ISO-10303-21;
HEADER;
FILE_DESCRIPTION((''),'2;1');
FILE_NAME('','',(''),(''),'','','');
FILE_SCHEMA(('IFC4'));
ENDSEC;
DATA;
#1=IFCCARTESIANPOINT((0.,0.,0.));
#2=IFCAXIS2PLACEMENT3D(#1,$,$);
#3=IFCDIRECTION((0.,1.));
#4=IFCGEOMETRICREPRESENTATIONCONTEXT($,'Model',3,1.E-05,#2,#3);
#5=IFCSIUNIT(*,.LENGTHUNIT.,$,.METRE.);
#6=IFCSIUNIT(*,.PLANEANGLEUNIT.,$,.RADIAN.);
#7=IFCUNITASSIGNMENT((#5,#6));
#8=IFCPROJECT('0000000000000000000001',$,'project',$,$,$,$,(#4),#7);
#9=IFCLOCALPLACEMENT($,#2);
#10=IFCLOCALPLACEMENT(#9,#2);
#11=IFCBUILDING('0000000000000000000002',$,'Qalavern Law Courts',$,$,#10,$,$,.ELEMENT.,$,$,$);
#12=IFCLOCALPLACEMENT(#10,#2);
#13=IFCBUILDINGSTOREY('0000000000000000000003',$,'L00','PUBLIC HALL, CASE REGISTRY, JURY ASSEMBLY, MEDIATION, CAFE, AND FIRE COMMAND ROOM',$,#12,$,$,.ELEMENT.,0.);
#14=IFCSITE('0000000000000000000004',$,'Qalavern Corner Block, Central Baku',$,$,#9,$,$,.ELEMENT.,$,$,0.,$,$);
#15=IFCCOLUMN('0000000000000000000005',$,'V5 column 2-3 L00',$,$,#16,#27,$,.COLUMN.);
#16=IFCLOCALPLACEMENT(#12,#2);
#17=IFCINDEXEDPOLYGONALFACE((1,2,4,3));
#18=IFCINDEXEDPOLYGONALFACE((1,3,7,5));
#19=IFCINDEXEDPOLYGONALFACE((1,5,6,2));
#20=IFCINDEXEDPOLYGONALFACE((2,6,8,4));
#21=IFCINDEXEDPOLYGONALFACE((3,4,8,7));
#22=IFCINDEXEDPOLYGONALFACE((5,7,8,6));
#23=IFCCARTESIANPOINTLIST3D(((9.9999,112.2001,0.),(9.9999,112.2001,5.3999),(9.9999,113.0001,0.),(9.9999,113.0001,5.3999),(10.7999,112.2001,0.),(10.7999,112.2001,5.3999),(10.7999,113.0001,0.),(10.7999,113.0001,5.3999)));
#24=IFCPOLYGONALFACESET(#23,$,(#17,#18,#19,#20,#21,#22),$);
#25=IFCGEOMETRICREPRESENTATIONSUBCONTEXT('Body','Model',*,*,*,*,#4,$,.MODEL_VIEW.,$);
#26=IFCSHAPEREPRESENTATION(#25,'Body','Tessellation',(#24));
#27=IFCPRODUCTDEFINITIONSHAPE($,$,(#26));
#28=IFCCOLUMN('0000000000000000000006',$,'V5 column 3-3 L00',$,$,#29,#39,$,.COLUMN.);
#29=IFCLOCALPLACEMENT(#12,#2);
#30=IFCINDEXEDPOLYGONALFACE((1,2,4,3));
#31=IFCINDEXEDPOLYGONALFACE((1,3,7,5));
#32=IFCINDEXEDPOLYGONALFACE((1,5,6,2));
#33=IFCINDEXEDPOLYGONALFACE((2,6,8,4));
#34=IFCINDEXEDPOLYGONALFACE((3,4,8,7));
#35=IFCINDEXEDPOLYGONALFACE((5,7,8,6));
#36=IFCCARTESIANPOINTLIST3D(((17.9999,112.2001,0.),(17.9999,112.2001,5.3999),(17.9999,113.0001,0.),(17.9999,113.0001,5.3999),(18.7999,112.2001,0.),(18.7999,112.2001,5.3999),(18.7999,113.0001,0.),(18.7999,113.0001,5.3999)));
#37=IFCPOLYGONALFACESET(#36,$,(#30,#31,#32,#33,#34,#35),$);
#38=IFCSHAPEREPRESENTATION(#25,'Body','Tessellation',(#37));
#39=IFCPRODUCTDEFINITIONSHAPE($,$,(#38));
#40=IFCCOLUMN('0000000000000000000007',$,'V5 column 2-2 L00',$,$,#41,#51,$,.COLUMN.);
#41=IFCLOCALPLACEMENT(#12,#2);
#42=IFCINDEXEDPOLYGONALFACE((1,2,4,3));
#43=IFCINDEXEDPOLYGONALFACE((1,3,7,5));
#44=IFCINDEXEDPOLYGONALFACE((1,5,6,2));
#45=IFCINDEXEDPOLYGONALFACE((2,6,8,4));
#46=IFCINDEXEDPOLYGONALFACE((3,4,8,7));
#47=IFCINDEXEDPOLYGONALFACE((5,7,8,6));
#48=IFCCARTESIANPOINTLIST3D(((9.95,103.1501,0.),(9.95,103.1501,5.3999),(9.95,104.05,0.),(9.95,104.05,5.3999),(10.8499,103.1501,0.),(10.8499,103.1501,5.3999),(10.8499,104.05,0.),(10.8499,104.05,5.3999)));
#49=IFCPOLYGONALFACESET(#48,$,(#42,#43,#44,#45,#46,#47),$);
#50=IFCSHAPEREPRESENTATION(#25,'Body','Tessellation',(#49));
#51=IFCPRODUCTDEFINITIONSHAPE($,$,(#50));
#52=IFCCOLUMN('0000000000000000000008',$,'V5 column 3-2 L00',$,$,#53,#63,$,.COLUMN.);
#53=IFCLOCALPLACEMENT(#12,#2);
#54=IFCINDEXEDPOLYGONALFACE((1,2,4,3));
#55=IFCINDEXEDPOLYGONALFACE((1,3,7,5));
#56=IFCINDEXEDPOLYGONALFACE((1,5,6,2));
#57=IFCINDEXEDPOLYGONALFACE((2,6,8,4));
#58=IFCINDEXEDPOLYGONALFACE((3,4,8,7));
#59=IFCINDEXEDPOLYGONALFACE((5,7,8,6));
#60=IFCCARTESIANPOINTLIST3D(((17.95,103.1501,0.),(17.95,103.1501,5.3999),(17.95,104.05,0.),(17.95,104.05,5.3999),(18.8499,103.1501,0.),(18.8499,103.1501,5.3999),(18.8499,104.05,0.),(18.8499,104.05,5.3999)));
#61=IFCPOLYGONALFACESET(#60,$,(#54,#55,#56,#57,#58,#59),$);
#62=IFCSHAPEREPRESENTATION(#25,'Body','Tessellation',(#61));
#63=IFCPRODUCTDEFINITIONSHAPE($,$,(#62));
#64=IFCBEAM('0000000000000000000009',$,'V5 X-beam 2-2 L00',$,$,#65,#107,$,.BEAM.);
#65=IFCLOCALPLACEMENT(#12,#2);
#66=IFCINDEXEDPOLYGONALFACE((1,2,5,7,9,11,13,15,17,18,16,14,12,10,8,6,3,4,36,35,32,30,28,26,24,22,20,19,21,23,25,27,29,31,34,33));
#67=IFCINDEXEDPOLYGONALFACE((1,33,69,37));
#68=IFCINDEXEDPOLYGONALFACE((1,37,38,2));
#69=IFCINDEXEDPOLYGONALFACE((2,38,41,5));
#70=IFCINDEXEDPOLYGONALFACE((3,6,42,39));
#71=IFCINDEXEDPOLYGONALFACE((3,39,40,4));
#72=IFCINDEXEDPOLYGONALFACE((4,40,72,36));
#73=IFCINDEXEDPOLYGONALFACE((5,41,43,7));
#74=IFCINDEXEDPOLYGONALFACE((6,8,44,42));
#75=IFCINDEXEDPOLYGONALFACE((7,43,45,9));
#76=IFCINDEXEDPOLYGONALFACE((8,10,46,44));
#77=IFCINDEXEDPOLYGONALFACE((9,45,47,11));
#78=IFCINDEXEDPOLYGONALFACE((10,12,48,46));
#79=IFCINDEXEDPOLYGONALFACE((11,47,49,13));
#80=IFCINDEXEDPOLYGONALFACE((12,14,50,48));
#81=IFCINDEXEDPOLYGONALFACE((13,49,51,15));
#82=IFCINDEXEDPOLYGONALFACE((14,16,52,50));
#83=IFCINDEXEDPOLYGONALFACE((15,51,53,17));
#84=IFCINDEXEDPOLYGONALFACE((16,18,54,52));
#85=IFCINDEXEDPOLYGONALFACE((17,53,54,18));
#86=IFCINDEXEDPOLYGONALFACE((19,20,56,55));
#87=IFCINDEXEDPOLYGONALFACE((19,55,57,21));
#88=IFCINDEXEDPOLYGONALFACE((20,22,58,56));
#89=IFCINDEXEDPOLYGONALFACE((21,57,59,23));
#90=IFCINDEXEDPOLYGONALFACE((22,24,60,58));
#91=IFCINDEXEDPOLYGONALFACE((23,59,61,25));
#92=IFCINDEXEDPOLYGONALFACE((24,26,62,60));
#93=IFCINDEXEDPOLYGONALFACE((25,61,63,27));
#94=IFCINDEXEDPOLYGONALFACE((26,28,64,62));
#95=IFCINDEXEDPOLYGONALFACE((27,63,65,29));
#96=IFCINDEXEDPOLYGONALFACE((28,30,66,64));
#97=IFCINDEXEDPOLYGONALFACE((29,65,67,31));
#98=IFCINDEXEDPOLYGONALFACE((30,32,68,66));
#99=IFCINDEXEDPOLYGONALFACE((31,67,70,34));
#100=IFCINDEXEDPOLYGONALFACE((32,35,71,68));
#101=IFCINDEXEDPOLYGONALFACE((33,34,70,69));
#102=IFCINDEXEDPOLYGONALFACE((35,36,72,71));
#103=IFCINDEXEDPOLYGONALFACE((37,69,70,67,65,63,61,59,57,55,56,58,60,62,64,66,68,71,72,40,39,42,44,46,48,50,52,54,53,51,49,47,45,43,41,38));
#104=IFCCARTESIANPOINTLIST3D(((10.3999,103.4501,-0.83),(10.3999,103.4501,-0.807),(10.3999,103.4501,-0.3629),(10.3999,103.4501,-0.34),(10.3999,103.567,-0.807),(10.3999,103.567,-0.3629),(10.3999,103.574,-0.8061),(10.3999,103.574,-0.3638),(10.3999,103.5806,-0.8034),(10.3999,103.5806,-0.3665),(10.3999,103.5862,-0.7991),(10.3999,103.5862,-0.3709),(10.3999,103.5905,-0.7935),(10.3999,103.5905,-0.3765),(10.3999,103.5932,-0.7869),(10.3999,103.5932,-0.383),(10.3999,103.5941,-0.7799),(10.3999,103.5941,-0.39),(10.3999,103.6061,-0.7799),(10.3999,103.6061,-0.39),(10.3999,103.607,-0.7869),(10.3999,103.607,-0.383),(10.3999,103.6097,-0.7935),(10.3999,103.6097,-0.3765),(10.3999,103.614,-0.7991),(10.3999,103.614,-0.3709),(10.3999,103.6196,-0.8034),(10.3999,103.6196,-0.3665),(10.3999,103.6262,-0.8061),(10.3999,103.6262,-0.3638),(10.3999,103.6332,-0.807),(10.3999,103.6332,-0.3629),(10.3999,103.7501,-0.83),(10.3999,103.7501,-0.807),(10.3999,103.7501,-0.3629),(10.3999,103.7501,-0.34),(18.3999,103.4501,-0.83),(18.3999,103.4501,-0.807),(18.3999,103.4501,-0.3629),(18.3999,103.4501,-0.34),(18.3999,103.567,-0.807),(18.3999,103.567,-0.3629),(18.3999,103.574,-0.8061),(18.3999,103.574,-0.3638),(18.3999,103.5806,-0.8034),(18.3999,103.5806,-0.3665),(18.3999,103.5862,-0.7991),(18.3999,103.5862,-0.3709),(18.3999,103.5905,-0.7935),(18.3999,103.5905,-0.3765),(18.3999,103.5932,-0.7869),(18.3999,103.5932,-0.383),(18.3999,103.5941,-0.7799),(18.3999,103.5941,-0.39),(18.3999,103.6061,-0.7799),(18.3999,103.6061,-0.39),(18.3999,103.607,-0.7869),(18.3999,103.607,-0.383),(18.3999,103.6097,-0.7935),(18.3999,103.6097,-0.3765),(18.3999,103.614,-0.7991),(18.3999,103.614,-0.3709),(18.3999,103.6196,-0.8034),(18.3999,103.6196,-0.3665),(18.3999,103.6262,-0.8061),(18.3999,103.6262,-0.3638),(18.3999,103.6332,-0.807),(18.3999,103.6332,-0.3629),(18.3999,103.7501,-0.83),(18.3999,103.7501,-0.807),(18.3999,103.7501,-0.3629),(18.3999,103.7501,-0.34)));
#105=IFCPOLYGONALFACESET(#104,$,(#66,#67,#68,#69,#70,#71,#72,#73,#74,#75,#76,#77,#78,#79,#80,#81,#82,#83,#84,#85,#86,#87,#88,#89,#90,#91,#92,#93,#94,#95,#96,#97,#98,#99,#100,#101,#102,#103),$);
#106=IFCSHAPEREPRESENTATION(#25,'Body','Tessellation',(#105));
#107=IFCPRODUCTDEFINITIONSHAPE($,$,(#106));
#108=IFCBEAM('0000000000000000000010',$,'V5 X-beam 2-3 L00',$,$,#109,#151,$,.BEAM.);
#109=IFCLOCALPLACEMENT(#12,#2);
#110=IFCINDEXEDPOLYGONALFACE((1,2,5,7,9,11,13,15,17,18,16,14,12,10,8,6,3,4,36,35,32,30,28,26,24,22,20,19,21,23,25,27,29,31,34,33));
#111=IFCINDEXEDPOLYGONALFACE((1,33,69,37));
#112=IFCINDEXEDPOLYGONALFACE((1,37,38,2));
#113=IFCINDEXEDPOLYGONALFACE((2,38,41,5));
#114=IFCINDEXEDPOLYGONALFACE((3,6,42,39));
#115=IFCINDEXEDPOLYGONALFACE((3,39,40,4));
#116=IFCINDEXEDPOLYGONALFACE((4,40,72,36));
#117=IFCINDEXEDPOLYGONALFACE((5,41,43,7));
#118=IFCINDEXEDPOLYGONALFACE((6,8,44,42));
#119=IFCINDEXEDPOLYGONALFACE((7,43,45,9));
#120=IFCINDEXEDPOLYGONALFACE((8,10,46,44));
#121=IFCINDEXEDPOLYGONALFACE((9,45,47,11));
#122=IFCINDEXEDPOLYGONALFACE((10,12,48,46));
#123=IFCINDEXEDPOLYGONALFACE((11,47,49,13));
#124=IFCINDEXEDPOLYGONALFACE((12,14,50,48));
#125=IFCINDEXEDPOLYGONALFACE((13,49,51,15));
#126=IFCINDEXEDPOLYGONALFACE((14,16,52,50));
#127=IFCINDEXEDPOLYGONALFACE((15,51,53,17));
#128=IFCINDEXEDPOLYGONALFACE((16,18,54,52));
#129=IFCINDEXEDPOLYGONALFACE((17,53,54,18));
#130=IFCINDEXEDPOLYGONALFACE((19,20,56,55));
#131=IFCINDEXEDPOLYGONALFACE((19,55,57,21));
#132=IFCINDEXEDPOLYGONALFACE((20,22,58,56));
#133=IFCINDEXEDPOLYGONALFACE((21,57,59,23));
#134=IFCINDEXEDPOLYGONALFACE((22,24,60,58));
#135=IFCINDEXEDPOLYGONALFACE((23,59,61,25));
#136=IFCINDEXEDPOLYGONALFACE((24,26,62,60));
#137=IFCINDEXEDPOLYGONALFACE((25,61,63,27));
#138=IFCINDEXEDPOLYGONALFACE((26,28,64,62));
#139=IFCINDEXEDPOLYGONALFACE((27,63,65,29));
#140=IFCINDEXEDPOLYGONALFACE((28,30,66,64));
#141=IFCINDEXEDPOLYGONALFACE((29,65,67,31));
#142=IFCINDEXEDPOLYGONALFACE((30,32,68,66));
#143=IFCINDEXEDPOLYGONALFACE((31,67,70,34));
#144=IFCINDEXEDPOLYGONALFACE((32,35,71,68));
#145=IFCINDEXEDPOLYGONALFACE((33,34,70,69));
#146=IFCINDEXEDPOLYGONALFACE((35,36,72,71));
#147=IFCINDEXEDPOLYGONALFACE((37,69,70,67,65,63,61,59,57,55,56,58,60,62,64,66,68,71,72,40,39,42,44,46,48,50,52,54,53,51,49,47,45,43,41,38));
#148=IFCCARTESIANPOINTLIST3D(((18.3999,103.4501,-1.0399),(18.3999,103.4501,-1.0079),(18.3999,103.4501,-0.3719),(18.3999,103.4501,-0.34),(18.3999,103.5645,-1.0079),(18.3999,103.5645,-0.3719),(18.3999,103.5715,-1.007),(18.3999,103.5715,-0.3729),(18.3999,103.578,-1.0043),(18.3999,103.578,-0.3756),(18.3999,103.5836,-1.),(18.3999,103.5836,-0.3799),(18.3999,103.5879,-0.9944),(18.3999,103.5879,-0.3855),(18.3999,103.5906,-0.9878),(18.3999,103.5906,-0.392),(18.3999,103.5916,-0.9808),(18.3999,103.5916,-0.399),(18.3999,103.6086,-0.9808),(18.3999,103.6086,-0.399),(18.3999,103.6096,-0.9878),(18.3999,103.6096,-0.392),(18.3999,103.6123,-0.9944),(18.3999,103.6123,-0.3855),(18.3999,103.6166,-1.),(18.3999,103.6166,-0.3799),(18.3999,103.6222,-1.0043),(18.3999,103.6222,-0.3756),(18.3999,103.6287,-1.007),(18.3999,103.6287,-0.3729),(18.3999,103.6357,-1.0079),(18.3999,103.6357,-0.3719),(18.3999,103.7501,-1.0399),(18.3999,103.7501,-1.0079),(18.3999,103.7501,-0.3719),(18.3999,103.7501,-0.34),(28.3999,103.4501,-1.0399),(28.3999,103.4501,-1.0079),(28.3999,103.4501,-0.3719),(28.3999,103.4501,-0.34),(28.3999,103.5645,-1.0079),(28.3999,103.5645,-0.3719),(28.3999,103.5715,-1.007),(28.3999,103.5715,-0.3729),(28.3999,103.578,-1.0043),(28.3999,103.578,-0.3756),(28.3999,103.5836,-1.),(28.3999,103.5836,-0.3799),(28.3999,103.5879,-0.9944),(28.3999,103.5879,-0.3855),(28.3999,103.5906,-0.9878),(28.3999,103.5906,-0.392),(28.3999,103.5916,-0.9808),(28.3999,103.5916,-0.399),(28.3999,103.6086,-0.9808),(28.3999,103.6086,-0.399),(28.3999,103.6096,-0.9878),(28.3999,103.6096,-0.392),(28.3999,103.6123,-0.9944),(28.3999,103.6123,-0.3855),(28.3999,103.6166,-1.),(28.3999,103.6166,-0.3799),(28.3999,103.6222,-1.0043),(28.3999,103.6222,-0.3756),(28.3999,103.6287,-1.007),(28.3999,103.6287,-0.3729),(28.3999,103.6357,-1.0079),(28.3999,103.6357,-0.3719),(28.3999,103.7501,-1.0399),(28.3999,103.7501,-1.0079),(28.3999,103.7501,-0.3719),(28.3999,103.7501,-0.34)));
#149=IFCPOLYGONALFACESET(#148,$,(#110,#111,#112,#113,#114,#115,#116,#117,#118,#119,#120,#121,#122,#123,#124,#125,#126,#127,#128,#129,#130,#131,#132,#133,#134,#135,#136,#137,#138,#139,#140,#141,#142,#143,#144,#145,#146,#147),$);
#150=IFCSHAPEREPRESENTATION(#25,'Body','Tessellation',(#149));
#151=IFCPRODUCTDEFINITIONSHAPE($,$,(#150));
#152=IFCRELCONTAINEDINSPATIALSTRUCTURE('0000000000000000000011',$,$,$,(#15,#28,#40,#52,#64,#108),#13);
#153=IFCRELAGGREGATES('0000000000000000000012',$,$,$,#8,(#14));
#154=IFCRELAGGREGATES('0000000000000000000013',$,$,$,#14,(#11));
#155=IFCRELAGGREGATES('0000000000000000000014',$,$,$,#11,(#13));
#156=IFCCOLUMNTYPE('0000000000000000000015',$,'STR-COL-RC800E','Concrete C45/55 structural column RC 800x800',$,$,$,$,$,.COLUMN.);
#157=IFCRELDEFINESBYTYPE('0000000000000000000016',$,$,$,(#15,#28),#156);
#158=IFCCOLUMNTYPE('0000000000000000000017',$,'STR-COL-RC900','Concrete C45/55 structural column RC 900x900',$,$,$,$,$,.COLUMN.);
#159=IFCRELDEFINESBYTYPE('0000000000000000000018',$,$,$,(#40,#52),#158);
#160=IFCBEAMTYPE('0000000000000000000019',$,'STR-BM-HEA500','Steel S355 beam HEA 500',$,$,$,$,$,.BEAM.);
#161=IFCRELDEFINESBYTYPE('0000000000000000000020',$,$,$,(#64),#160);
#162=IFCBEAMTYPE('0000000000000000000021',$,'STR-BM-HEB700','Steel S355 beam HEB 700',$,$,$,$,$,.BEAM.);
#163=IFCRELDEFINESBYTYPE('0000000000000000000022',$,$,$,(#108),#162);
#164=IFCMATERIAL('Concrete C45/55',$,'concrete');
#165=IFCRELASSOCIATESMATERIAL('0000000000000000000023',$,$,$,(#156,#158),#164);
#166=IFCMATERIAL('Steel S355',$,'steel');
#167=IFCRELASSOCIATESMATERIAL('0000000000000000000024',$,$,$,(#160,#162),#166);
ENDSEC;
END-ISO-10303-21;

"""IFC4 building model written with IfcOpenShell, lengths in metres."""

from ifc_helpers import new_model, si_unit, direction, frame, origin, origin_2d, place, context, subcontext, project, spatial, rectangle, i_section, extrude, material, material_profile, profile_set, type_object, element, save


model = new_model("IFC4")

# Units and contexts
model_context = context("Model", 3, precision=1e-05, world=origin(), true_north=direction((0.0, 1.0)))
body_context = subcontext(model_context, "Body", "Model", "MODEL_VIEW")
ifc_project = project(units=[si_unit("LENGTHUNIT", "METRE"), si_unit("PLANEANGLEUNIT", "RADIAN")], contexts=[model_context])

# Site, building, storey
site_placement = place(None, origin())
site = spatial("IfcSite", under=ifc_project, at=site_placement, Name="Qalavern Corner Block, Central Baku", CompositionType="ELEMENT", RefElevation=0.0)
building_placement = place(site_placement, origin())
building = spatial("IfcBuilding", under=site, at=building_placement, Name="Qalavern Law Courts", CompositionType="ELEMENT")
storey_placement = place(building_placement, origin())
storey = spatial("IfcBuildingStorey", under=building, at=storey_placement, Name="L00", Description="PUBLIC HALL, CASE REGISTRY, JURY ASSEMBLY, MEDIATION, CAFE, AND FIRE COMMAND ROOM", CompositionType="ELEMENT", Elevation=0.0)

# Columns
ifc_material_1 = material(Name="Concrete C45/55", Category="concrete")
ifc_material_profile_1 = material_profile(ifc_material_1, rectangle(XDim=0.8, YDim=0.8, at=origin_2d()), Name="RC 800x800")
ifc_profile_set_1 = profile_set([ifc_material_profile_1], Name="Concrete C45/55")
column_type_1 = type_object("IfcColumnType", Name="STR-COL-RC800E", Description="Concrete C45/55 structural column RC 800x800", PredefinedType="COLUMN", material=ifc_profile_set_1)
for number, where, z_axis, x_axis, name in (
    (1, (10.3999, 112.6001, 0.0), (0.0, 0.0, 1.0), (1.0, 0.0, 0.0), "V5 column 2-3 L00"),
    (2, (18.3999, 112.6001, 0.0), (0.0, 0.0, 1.0), (1.0, 0.0, 0.0), "V5 column 3-3 L00"),
):
    element("IfcColumn", number, at=place(storey_placement, frame(where, z_axis=z_axis, x_axis=x_axis)), inside=storey, type_object=column_type_1, Name=name, PredefinedType="COLUMN", context=body_context, shape_type="SweptSolid", body=[
        extrude(rectangle(XDim=0.8, YDim=0.8, at=origin_2d()), origin(), (0.0, 0.0, 1.0), 5.3999),
    ])
ifc_material_profile_2 = material_profile(ifc_material_1, rectangle(XDim=0.8999, YDim=0.8999, at=origin_2d()), Name="RC 900x900")
ifc_profile_set_2 = profile_set([ifc_material_profile_2], Name="Concrete C45/55")
column_type_2 = type_object("IfcColumnType", Name="STR-COL-RC900", Description="Concrete C45/55 structural column RC 900x900", PredefinedType="COLUMN", material=ifc_profile_set_2)
for number, where, z_axis, x_axis, name in (
    (3, (10.3999, 103.6001, 0.0), (0.0, 0.0, 1.0), (1.0, 0.0, 0.0), "V5 column 2-2 L00"),
    (4, (18.3999, 103.6001, 0.0), (0.0, 0.0, 1.0), (1.0, 0.0, 0.0), "V5 column 3-2 L00"),
):
    element("IfcColumn", number, at=place(storey_placement, frame(where, z_axis=z_axis, x_axis=x_axis)), inside=storey, type_object=column_type_2, Name=name, PredefinedType="COLUMN", context=body_context, shape_type="SweptSolid", body=[
        extrude(rectangle(XDim=0.8999, YDim=0.8999, at=origin_2d()), origin(), (0.0, 0.0, 1.0), 5.3999),
    ])

# Beams
ifc_material_2 = material(Name="Steel S355", Category="steel")
ifc_material_profile_3 = material_profile(ifc_material_2, i_section(OverallWidth=0.3, OverallDepth=0.49, WebThickness=0.012, FlangeThickness=0.0229, FilletRadius=0.0271, at=origin_2d()), Name="HEA 500")
ifc_profile_set_3 = profile_set([ifc_material_profile_3], Name="Steel S355")
beam_type_1 = type_object("IfcBeamType", Name="STR-BM-HEA500", Description="Steel S355 beam HEA 500", PredefinedType="BEAM", material=ifc_profile_set_3)
beam_1_placement = place(storey_placement, frame((10.3999, 103.6001, -0.585), z_axis=(1.0, 0.0, 0.0), x_axis=(0.0, 1.0, 0.0)))
element("IfcBeam", 5, at=beam_1_placement, inside=storey, type_object=beam_type_1, Name="V5 X-beam 2-2 L00", PredefinedType="BEAM", context=body_context, shape_type="SweptSolid", body=[
    extrude(i_section(OverallWidth=0.3, OverallDepth=0.49, WebThickness=0.012, FlangeThickness=0.0229, FilletRadius=0.0271, at=origin_2d()), origin(), (0.0, 0.0, 1.0), 8.0),
])
ifc_material_profile_4 = material_profile(ifc_material_2, i_section(OverallWidth=0.3, OverallDepth=0.7, WebThickness=0.0171, FlangeThickness=0.032, FilletRadius=0.0271, at=origin_2d()), Name="HEB 700")
ifc_profile_set_4 = profile_set([ifc_material_profile_4], Name="Steel S355")
beam_type_2 = type_object("IfcBeamType", Name="STR-BM-HEB700", Description="Steel S355 beam HEB 700", PredefinedType="BEAM", material=ifc_profile_set_4)
beam_2_placement = place(storey_placement, frame((18.3999, 103.6001, -0.6899), z_axis=(1.0, 0.0, 0.0), x_axis=(0.0, 1.0, 0.0)))
element("IfcBeam", 6, at=beam_2_placement, inside=storey, type_object=beam_type_2, Name="V5 X-beam 2-3 L00", PredefinedType="BEAM", context=body_context, shape_type="SweptSolid", body=[
    extrude(i_section(OverallWidth=0.3, OverallDepth=0.7, WebThickness=0.0171, FlangeThickness=0.032, FilletRadius=0.0271, at=origin_2d()), origin(), (0.0, 0.0, 1.0), 10.0),
])

save(model, "model.ifc")
